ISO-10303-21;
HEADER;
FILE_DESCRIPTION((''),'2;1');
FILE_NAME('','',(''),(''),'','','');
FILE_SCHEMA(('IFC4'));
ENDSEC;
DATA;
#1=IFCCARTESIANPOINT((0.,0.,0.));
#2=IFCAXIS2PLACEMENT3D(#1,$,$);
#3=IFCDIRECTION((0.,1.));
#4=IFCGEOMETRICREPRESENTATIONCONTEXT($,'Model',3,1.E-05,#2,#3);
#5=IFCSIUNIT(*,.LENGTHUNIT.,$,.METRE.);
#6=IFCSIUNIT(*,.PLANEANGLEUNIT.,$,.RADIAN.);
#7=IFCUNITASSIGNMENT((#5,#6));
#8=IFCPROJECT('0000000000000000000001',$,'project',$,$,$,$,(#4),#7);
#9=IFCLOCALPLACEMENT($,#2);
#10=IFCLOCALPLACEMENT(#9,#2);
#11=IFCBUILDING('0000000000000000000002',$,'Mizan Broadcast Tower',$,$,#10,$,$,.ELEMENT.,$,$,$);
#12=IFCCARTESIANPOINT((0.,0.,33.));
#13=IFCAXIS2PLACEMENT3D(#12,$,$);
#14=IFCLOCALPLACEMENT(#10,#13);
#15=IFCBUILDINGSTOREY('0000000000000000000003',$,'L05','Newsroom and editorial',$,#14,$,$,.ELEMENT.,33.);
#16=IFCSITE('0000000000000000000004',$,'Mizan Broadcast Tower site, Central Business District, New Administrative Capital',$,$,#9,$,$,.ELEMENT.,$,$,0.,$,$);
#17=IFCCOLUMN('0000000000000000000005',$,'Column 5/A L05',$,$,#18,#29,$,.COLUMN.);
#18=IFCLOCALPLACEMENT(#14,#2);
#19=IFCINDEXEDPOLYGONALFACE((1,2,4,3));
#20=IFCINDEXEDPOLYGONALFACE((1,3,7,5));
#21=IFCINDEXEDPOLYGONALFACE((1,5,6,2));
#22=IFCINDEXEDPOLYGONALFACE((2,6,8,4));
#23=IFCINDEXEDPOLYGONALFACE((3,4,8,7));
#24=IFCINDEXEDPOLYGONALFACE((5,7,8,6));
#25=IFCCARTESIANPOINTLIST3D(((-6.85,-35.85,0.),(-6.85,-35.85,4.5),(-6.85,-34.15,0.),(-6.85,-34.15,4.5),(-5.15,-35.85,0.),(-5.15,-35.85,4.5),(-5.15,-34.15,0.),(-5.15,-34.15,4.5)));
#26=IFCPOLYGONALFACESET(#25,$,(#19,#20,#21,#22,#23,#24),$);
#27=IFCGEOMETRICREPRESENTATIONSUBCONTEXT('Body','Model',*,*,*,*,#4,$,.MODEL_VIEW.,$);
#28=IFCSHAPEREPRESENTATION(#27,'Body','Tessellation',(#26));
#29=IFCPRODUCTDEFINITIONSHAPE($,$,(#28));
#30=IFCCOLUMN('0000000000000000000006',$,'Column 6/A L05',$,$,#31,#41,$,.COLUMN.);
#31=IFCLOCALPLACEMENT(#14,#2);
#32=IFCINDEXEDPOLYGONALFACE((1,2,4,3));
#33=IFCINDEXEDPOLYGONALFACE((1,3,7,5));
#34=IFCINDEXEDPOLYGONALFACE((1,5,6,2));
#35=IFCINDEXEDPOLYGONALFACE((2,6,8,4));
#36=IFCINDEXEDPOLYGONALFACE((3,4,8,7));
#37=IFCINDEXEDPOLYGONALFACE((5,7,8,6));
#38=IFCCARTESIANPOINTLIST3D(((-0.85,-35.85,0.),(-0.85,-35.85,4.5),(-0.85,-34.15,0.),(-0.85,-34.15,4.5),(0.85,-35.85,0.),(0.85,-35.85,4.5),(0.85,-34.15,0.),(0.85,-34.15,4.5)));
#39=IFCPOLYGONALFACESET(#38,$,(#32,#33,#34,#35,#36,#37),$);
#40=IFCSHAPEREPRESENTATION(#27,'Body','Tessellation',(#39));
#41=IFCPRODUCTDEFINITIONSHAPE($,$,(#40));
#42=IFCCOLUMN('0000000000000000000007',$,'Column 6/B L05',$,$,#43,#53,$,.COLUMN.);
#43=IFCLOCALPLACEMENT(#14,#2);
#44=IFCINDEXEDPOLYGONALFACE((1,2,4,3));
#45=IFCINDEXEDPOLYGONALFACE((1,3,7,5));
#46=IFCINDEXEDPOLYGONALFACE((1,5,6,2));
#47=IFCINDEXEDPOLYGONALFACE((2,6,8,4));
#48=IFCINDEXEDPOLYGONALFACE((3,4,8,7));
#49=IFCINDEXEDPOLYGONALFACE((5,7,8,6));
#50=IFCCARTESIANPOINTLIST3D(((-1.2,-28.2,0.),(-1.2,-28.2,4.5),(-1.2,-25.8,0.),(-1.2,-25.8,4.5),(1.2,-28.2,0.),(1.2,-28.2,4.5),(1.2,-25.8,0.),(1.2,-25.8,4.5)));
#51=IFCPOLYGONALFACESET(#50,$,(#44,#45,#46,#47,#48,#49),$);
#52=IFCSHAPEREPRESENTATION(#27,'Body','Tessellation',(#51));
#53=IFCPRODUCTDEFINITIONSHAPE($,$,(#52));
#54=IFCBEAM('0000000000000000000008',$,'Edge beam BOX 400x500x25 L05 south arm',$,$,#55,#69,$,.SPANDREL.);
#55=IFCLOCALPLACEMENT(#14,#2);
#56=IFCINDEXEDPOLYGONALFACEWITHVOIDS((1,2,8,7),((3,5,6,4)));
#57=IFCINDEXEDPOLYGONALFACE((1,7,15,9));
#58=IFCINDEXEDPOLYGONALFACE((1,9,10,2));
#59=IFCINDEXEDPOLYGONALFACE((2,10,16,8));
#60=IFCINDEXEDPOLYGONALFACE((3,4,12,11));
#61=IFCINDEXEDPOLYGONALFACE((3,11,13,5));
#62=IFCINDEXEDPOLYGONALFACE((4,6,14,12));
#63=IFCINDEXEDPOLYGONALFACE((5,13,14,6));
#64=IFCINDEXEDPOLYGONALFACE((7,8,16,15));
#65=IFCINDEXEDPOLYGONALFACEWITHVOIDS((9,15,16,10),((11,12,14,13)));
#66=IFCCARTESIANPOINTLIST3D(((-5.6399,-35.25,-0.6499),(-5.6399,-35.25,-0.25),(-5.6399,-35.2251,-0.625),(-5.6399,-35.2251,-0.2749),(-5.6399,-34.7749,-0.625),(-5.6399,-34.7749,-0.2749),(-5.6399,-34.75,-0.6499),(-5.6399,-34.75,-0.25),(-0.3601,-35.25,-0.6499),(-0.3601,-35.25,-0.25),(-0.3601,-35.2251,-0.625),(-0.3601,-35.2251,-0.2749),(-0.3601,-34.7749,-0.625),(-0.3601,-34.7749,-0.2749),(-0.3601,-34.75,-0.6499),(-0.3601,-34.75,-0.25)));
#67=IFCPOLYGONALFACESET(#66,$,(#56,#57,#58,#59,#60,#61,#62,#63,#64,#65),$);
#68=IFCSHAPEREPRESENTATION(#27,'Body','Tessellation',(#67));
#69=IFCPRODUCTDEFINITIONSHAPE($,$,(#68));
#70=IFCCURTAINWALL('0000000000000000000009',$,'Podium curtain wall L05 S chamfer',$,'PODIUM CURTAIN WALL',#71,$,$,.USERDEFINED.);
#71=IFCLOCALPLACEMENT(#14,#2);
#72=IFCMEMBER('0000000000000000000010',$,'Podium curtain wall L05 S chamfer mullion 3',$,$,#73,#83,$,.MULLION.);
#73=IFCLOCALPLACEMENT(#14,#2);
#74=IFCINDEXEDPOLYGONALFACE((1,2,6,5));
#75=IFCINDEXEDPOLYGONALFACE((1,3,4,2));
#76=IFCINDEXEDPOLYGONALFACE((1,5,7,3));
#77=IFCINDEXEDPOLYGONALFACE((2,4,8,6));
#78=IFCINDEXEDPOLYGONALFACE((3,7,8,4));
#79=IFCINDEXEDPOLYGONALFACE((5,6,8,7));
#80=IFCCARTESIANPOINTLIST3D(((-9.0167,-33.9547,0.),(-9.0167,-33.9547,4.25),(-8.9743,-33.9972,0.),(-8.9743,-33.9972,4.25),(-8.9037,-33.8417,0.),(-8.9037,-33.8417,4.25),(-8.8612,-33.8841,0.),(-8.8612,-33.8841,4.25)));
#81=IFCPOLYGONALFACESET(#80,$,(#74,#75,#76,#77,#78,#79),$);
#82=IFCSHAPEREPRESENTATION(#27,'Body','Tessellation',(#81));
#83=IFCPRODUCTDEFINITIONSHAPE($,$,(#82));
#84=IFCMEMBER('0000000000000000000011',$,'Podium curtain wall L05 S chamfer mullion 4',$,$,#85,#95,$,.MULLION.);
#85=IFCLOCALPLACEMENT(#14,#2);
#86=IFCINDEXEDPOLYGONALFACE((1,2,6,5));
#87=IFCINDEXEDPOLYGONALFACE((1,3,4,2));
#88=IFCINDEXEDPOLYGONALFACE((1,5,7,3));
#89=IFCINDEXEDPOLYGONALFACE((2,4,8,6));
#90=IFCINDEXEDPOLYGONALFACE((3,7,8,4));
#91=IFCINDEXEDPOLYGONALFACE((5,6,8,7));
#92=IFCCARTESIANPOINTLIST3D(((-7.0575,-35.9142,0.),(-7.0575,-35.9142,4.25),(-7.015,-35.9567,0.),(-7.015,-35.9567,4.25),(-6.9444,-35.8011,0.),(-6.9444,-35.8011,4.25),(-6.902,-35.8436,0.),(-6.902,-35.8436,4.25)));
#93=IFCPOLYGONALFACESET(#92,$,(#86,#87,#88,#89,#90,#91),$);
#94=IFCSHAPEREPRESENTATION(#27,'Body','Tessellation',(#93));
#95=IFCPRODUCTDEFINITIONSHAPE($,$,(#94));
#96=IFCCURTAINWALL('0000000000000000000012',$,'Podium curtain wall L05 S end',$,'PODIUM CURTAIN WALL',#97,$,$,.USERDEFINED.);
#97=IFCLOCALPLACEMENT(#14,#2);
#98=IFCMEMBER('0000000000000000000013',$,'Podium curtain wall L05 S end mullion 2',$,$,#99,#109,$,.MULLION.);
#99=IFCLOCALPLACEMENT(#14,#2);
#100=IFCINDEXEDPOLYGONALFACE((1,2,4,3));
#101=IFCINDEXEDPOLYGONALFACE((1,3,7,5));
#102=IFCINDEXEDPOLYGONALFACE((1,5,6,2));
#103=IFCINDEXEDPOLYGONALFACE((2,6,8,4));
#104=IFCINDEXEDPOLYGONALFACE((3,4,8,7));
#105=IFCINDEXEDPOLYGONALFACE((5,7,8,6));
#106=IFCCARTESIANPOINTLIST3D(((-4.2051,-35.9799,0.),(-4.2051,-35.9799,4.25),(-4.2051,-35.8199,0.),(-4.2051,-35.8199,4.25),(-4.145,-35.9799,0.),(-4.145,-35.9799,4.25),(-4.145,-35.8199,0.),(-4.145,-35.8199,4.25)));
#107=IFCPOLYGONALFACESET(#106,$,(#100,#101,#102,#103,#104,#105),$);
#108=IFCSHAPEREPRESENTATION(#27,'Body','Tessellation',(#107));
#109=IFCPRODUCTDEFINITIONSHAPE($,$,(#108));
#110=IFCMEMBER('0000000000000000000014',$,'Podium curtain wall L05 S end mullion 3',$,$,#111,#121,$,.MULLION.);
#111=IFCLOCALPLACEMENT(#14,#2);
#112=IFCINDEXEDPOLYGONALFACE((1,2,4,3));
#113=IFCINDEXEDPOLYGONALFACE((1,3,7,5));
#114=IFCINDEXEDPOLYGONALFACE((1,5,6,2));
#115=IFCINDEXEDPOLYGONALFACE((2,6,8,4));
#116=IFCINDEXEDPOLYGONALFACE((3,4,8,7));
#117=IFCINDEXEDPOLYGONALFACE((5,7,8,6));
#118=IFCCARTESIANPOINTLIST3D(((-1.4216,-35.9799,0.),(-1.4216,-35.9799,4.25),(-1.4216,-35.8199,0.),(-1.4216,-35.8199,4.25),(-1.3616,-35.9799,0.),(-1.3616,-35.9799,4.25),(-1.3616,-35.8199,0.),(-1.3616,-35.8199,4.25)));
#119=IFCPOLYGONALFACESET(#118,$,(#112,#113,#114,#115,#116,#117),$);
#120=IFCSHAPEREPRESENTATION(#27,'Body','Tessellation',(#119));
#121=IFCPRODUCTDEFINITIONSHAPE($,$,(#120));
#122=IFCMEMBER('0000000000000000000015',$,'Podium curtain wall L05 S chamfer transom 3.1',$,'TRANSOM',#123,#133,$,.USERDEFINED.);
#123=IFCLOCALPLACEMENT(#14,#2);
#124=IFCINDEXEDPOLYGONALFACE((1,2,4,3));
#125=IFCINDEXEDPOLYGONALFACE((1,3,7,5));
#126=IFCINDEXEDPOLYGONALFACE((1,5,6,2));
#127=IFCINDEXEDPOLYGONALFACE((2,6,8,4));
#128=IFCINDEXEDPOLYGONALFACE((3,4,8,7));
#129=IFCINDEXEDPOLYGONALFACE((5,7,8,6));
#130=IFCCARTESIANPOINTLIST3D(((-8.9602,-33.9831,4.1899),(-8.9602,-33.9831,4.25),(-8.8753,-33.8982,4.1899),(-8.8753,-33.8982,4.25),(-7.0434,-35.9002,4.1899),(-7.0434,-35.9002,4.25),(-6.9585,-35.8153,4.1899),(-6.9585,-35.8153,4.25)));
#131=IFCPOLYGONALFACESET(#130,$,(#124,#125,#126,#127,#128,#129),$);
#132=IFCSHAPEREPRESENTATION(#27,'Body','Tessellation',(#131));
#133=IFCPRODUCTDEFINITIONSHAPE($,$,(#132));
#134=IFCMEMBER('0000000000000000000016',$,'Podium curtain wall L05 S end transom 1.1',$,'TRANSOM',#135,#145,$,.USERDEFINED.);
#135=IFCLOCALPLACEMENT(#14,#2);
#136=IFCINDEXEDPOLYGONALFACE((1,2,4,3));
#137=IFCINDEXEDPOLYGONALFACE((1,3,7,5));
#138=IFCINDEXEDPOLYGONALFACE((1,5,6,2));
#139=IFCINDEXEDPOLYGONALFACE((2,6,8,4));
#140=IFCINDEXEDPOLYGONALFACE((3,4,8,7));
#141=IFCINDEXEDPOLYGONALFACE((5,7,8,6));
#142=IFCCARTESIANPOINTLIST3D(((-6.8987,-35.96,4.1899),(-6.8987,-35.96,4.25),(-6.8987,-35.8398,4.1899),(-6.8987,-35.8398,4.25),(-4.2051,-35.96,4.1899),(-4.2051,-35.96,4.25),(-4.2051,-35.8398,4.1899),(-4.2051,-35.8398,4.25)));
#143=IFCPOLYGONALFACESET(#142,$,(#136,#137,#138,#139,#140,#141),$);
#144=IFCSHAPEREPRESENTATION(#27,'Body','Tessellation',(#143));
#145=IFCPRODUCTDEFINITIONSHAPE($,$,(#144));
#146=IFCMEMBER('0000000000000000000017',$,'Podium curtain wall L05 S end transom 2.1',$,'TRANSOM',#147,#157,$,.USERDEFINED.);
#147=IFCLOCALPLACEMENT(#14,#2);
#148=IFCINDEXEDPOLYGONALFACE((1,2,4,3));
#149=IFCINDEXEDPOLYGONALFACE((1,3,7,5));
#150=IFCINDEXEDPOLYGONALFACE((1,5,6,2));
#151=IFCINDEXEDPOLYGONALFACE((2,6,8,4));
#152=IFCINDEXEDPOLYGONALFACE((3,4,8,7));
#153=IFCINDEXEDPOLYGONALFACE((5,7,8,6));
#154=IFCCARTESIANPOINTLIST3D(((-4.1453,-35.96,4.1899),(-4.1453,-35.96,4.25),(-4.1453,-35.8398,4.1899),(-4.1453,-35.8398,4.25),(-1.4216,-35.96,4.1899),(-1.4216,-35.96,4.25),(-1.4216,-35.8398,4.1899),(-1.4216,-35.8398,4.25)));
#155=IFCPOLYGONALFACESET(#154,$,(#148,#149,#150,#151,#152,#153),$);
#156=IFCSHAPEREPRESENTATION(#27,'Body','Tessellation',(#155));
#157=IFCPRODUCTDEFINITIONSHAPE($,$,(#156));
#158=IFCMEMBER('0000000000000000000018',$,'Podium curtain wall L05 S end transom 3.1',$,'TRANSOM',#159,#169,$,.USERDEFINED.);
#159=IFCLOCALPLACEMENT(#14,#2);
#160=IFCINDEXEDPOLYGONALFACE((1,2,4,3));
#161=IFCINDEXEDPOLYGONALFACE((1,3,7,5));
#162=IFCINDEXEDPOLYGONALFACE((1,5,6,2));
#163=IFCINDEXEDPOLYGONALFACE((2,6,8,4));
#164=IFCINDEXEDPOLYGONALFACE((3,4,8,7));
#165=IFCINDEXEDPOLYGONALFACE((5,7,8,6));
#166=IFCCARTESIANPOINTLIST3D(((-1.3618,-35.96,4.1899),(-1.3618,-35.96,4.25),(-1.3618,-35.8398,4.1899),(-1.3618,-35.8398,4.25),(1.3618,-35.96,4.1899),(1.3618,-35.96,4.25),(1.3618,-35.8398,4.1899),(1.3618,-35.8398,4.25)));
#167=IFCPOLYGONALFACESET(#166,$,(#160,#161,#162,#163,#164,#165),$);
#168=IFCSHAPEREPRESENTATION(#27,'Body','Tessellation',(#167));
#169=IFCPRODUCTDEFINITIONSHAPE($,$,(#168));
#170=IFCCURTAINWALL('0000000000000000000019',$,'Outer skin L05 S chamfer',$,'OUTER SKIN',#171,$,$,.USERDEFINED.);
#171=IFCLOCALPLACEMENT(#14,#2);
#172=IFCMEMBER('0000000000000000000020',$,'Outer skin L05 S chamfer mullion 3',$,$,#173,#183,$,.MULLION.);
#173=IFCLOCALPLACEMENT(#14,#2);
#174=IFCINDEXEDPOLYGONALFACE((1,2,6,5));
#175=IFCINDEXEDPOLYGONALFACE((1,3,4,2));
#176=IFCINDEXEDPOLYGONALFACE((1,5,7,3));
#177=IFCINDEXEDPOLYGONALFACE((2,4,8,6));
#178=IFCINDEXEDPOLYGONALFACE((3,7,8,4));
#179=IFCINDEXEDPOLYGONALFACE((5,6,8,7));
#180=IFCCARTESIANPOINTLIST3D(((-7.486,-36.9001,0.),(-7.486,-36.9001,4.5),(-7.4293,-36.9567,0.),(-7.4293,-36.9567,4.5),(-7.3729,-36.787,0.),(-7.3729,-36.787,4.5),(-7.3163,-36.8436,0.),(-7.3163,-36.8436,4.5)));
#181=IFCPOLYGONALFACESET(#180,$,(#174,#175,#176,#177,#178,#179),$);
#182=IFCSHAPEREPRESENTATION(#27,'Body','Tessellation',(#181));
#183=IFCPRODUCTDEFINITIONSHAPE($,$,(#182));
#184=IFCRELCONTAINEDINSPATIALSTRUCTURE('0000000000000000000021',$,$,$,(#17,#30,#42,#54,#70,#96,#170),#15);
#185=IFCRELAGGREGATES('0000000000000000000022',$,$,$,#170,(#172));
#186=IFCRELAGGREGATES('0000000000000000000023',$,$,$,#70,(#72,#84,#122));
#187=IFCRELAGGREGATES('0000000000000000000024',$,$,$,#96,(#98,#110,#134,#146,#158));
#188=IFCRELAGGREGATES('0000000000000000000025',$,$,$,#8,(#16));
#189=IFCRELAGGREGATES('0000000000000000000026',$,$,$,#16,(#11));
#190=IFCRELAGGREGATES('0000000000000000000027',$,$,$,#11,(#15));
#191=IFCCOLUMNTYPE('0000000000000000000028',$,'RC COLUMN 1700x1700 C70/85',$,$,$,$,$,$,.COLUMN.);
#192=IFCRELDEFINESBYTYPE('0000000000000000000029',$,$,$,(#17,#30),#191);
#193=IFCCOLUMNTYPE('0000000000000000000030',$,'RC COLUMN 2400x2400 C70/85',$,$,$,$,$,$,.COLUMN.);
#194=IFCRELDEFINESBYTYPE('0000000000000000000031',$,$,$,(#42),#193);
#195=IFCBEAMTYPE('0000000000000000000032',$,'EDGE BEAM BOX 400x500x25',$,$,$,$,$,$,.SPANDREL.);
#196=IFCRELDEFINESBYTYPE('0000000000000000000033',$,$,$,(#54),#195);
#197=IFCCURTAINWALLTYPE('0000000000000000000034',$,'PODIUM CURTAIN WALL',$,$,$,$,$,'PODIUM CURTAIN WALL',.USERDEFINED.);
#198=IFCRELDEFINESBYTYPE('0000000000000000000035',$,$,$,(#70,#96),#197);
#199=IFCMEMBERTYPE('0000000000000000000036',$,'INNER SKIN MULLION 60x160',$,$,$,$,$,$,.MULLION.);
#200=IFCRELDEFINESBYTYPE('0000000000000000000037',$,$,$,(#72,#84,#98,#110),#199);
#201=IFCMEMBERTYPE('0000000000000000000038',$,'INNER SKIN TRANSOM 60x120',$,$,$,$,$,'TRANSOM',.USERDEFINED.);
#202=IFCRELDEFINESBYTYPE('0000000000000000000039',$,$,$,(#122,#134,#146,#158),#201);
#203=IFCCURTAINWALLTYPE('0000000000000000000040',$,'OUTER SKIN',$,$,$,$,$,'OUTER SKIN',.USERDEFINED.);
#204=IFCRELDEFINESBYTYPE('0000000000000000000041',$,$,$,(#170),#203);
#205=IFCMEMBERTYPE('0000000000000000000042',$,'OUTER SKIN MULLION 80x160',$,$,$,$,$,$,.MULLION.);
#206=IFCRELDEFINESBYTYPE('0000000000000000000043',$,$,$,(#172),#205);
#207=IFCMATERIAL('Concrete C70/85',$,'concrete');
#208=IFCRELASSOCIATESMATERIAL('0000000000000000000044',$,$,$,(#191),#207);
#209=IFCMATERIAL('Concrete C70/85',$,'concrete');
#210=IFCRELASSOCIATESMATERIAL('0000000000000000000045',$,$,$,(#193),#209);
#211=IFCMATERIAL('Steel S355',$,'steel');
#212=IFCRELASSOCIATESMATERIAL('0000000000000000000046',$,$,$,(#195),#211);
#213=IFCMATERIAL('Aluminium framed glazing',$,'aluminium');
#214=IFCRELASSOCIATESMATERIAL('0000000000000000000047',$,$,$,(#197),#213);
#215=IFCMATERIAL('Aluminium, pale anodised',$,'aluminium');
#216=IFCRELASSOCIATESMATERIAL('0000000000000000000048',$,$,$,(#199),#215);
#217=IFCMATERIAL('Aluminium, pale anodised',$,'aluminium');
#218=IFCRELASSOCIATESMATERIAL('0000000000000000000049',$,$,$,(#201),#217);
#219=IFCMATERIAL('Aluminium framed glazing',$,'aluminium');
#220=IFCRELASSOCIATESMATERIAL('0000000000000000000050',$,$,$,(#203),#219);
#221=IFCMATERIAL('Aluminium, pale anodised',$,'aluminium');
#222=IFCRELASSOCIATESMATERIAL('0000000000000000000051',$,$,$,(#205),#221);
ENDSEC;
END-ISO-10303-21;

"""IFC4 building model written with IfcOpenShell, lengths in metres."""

from ifc_helpers import new_model, si_unit, direction, frame, origin, origin_2d, place, context, subcontext, project, spatial, rectangle, hollow_rectangle, extrude, material, material_profile, profile_set, type_object, element, aggregate, save


model = new_model("IFC4")

# Units and contexts
model_context = context("Model", 3, precision=1e-05, world=origin(), true_north=direction((0.0, 1.0)))
body_context = subcontext(model_context, "Body", "Model", "MODEL_VIEW")
ifc_project = project(units=[si_unit("LENGTHUNIT", "METRE"), si_unit("PLANEANGLEUNIT", "RADIAN")], contexts=[model_context])

# Site, building, storey
site_placement = place(None, origin())
site = spatial("IfcSite", under=ifc_project, at=site_placement, Name="Mizan Broadcast Tower site, Central Business District, New Administrative Capital", CompositionType="ELEMENT", RefElevation=0.0)
building_placement = place(site_placement, origin())
building = spatial("IfcBuilding", under=site, at=building_placement, Name="Mizan Broadcast Tower", CompositionType="ELEMENT")
storey_placement = place(building_placement, frame((0.0, 0.0, 33.0)))
storey = spatial("IfcBuildingStorey", under=building, at=storey_placement, Name="L05", Description="Newsroom and editorial", CompositionType="ELEMENT", Elevation=33.0)

# Columns
ifc_material_1 = material(Name="Concrete C70/85", Category="concrete")
ifc_material_profile_1 = material_profile(ifc_material_1, rectangle(XDim=1.7, YDim=1.7, at=origin_2d()), Name="RC 1700x1700")
ifc_profile_set_1 = profile_set([ifc_material_profile_1], Name="Concrete C70/85")
column_type_1 = type_object("IfcColumnType", Name="RC COLUMN 1700x1700 C70/85", PredefinedType="COLUMN", material=ifc_profile_set_1)
for number, where, z_axis, x_axis, name in (
    (1, (-6.0, -35.0, 0.0), (0.0, 0.0, 1.0), (1.0, 0.0, 0.0), "Column 5/A L05"),
    (2, (0.0, -35.0, 0.0), (0.0, 0.0, 1.0), (1.0, 0.0, 0.0), "Column 6/A L05"),
):
    element("IfcColumn", number, at=place(storey_placement, frame(where, z_axis=z_axis, x_axis=x_axis)), inside=storey, type_object=column_type_1, Name=name, PredefinedType="COLUMN", context=body_context, shape_type="SweptSolid", body=[
        extrude(rectangle(XDim=1.7, YDim=1.7, at=origin_2d()), origin(), (0.0, 0.0, 1.0), 4.5),
    ])
ifc_material_2 = material(Name="Concrete C70/85", Category="concrete")
ifc_material_profile_2 = material_profile(ifc_material_2, rectangle(XDim=2.3999, YDim=2.3999, at=origin_2d()), Name="RC 2400x2400")
ifc_profile_set_2 = profile_set([ifc_material_profile_2], Name="Concrete C70/85")
column_type_2 = type_object("IfcColumnType", Name="RC COLUMN 2400x2400 C70/85", PredefinedType="COLUMN", material=ifc_profile_set_2)
column_placement = place(storey_placement, frame((0.0, -27.0, 0.0), z_axis=(0.0, 0.0, 1.0), x_axis=(1.0, 0.0, 0.0)))
element("IfcColumn", 3, at=column_placement, inside=storey, type_object=column_type_2, Name="Column 6/B L05", PredefinedType="COLUMN", context=body_context, shape_type="SweptSolid", body=[
    extrude(rectangle(XDim=2.3999, YDim=2.3999, at=origin_2d()), origin(), (0.0, 0.0, 1.0), 4.5),
])

# Beam
ifc_material_3 = material(Name="Steel S355", Category="steel")
ifc_material_profile_3 = material_profile(ifc_material_3, hollow_rectangle(XDim=0.5, YDim=0.3999, WallThickness=0.0249, at=origin_2d()), Name="BOX 400x500x25")
ifc_profile_set_3 = profile_set([ifc_material_profile_3], Name="Steel S355")
beam_type_1 = type_object("IfcBeamType", Name="EDGE BEAM BOX 400x500x25", PredefinedType="SPANDREL", material=ifc_profile_set_3)
beam_1_placement = place(storey_placement, frame((-5.6399, -35.0, -0.45), z_axis=(1.0, 0.0, 0.0), x_axis=(0.0, 1.0, 0.0)))
element("IfcBeam", 4, at=beam_1_placement, inside=storey, type_object=beam_type_1, Name="Edge beam BOX 400x500x25 L05 south arm", PredefinedType="SPANDREL", context=body_context, shape_type="SweptSolid", body=[
    extrude(hollow_rectangle(XDim=0.5, YDim=0.3999, WallThickness=0.0249, at=origin_2d()), origin(), (0.0, 0.0, 1.0), 5.2798),
])

# Curtain walls, members
ifc_material_4 = material(Name="Aluminium framed glazing", Category="aluminium")
curtain_wall_type_1 = type_object("IfcCurtainWallType", Name="PODIUM CURTAIN WALL", ElementType="PODIUM CURTAIN WALL", PredefinedType="USERDEFINED", material=ifc_material_4)
curtain_wall_1_placement = place(storey_placement, origin())
curtain_wall_1 = element("IfcCurtainWall", 5, at=curtain_wall_1_placement, inside=storey, type_object=curtain_wall_type_1, Name="Podium curtain wall L05 S chamfer", ObjectType="PODIUM CURTAIN WALL", PredefinedType="USERDEFINED")
ifc_material_5 = material(Name="Aluminium, pale anodised", Category="aluminium")
ifc_material_profile_4 = material_profile(ifc_material_5, rectangle(XDim=0.1599, YDim=0.0601, at=origin_2d()), Name="MULLION 160x60")
ifc_profile_set_4 = profile_set([ifc_material_profile_4], Name="Aluminium, pale anodised")
member_type_1 = type_object("IfcMemberType", Name="INNER SKIN MULLION 60x160", PredefinedType="MULLION", material=ifc_profile_set_4)
member_1_placement = place(storey_placement, frame((-8.939, -33.9194, 0.0), z_axis=(0.0, 0.0, 1.0), x_axis=(0.707107, 0.707107, 0.0)))
member_1 = element("IfcMember", 6, at=member_1_placement, type_object=member_type_1, Name="Podium curtain wall L05 S chamfer mullion 3", PredefinedType="MULLION", context=body_context, shape_type="SweptSolid", body=[
    extrude(rectangle(XDim=0.1599, YDim=0.0601, at=origin_2d()), origin(), (0.0, 0.0, 1.0), 4.25),
])
member_2_placement = place(storey_placement, frame((-6.9797, -35.8789, 0.0), z_axis=(0.0, 0.0, 1.0), x_axis=(0.707107, 0.707107, 0.0)))
member_2 = element("IfcMember", 7, at=member_2_placement, type_object=member_type_1, Name="Podium curtain wall L05 S chamfer mullion 4", PredefinedType="MULLION", context=body_context, shape_type="SweptSolid", body=[
    extrude(rectangle(XDim=0.1599, YDim=0.0601, at=origin_2d()), origin(), (0.0, 0.0, 1.0), 4.25),
])
curtain_wall_2_placement = place(storey_placement, origin())
curtain_wall_2 = element("IfcCurtainWall", 8, at=curtain_wall_2_placement, inside=storey, type_object=curtain_wall_type_1, Name="Podium curtain wall L05 S end", ObjectType="PODIUM CURTAIN WALL", PredefinedType="USERDEFINED")
member_3_placement = place(storey_placement, frame((-4.175, -35.8999, 0.0), z_axis=(0.0, 0.0, 1.0), x_axis=(0.0, 1.0, 0.0)))
member_3 = element("IfcMember", 9, at=member_3_placement, type_object=member_type_1, Name="Podium curtain wall L05 S end mullion 2", PredefinedType="MULLION", context=body_context, shape_type="SweptSolid", body=[
    extrude(rectangle(XDim=0.1599, YDim=0.0601, at=origin_2d()), origin(), (0.0, 0.0, 1.0), 4.25),
])
member_4_placement = place(storey_placement, frame((-1.3916, -35.8999, 0.0), z_axis=(0.0, 0.0, 1.0), x_axis=(0.0, 1.0, 0.0)))
member_4 = element("IfcMember", 10, at=member_4_placement, type_object=member_type_1, Name="Podium curtain wall L05 S end mullion 3", PredefinedType="MULLION", context=body_context, shape_type="SweptSolid", body=[
    extrude(rectangle(XDim=0.1599, YDim=0.0601, at=origin_2d()), origin(), (0.0, 0.0, 1.0), 4.25),
])

# Members
ifc_material_6 = material(Name="Aluminium, pale anodised", Category="aluminium")
ifc_material_profile_5 = material_profile(ifc_material_6, rectangle(XDim=0.1201, YDim=0.0601, at=origin_2d()), Name="TRANSOM 120x60")
ifc_profile_set_5 = profile_set([ifc_material_profile_5], Name="Aluminium, pale anodised")
member_type_2 = type_object("IfcMemberType", Name="INNER SKIN TRANSOM 60x120", ElementType="TRANSOM", PredefinedType="USERDEFINED", material=ifc_profile_set_5)
member_5_placement = place(storey_placement, frame((-8.9177, -33.9407, 4.22), z_axis=(0.707062, -0.707152, 0.0), x_axis=(0.707152, 0.707062, 0.0)))
member_5 = element("IfcMember", 11, at=member_5_placement, type_object=member_type_2, Name="Podium curtain wall L05 S chamfer transom 3.1", ObjectType="TRANSOM", PredefinedType="USERDEFINED", context=body_context, shape_type="SweptSolid", body=[
    extrude(rectangle(XDim=0.1201, YDim=0.0601, at=origin_2d()), origin(), (0.0, 0.0, 1.0), 2.7109),
])
member_6_placement = place(storey_placement, frame((-6.8987, -35.8999, 4.22), z_axis=(1.0, 0.0, 0.0), x_axis=(0.0, 1.0, 0.0)))
member_6 = element("IfcMember", 12, at=member_6_placement, type_object=member_type_2, Name="Podium curtain wall L05 S end transom 1.1", ObjectType="TRANSOM", PredefinedType="USERDEFINED", context=body_context, shape_type="SweptSolid", body=[
    extrude(rectangle(XDim=0.1201, YDim=0.0601, at=origin_2d()), origin(), (0.0, 0.0, 1.0), 2.6936),
])
member_7_placement = place(storey_placement, frame((-4.1453, -35.8999, 4.22), z_axis=(1.0, 0.0, 0.0), x_axis=(0.0, 1.0, 0.0)))
member_7 = element("IfcMember", 13, at=member_7_placement, type_object=member_type_2, Name="Podium curtain wall L05 S end transom 2.1", ObjectType="TRANSOM", PredefinedType="USERDEFINED", context=body_context, shape_type="SweptSolid", body=[
    extrude(rectangle(XDim=0.1201, YDim=0.0601, at=origin_2d()), origin(), (0.0, 0.0, 1.0), 2.7236),
])
member_8_placement = place(storey_placement, frame((-1.3618, -35.8999, 4.22), z_axis=(1.0, 0.0, 0.0), x_axis=(0.0, 1.0, 0.0)))
member_8 = element("IfcMember", 14, at=member_8_placement, type_object=member_type_2, Name="Podium curtain wall L05 S end transom 3.1", ObjectType="TRANSOM", PredefinedType="USERDEFINED", context=body_context, shape_type="SweptSolid", body=[
    extrude(rectangle(XDim=0.1201, YDim=0.0601, at=origin_2d()), origin(), (0.0, 0.0, 1.0), 2.7236),
])

# Curtain wall, member
ifc_material_7 = material(Name="Aluminium framed glazing", Category="aluminium")
curtain_wall_type_2 = type_object("IfcCurtainWallType", Name="OUTER SKIN", ElementType="OUTER SKIN", PredefinedType="USERDEFINED", material=ifc_material_7)
curtain_wall_3_placement = place(storey_placement, origin())
curtain_wall_3 = element("IfcCurtainWall", 15, at=curtain_wall_3_placement, inside=storey, type_object=curtain_wall_type_2, Name="Outer skin L05 S chamfer", ObjectType="OUTER SKIN", PredefinedType="USERDEFINED")
ifc_material_8 = material(Name="Aluminium, pale anodised", Category="aluminium")
ifc_material_profile_6 = material_profile(ifc_material_8, rectangle(XDim=0.1599, YDim=0.0801, at=origin_2d()), Name="MULLION 160x80")
ifc_profile_set_6 = profile_set([ifc_material_profile_6], Name="Aluminium, pale anodised")
member_type_3 = type_object("IfcMemberType", Name="OUTER SKIN MULLION 80x160", PredefinedType="MULLION", material=ifc_profile_set_6)
member_9_placement = place(storey_placement, frame((-7.4011, -36.8718, 0.0), z_axis=(0.0, 0.0, 1.0), x_axis=(0.707107, 0.707107, 0.0)))
member_9 = element("IfcMember", 16, at=member_9_placement, type_object=member_type_3, Name="Outer skin L05 S chamfer mullion 3", PredefinedType="MULLION", context=body_context, shape_type="SweptSolid", body=[
    extrude(rectangle(XDim=0.1599, YDim=0.0801, at=origin_2d()), origin(), (0.0, 0.0, 1.0), 4.5),
])

aggregate(curtain_wall_3, [member_9])
aggregate(curtain_wall_1, [member_1, member_2, member_5])
aggregate(curtain_wall_2, [member_3, member_4, member_6, member_7, member_8])

save(model, "model.ifc")
